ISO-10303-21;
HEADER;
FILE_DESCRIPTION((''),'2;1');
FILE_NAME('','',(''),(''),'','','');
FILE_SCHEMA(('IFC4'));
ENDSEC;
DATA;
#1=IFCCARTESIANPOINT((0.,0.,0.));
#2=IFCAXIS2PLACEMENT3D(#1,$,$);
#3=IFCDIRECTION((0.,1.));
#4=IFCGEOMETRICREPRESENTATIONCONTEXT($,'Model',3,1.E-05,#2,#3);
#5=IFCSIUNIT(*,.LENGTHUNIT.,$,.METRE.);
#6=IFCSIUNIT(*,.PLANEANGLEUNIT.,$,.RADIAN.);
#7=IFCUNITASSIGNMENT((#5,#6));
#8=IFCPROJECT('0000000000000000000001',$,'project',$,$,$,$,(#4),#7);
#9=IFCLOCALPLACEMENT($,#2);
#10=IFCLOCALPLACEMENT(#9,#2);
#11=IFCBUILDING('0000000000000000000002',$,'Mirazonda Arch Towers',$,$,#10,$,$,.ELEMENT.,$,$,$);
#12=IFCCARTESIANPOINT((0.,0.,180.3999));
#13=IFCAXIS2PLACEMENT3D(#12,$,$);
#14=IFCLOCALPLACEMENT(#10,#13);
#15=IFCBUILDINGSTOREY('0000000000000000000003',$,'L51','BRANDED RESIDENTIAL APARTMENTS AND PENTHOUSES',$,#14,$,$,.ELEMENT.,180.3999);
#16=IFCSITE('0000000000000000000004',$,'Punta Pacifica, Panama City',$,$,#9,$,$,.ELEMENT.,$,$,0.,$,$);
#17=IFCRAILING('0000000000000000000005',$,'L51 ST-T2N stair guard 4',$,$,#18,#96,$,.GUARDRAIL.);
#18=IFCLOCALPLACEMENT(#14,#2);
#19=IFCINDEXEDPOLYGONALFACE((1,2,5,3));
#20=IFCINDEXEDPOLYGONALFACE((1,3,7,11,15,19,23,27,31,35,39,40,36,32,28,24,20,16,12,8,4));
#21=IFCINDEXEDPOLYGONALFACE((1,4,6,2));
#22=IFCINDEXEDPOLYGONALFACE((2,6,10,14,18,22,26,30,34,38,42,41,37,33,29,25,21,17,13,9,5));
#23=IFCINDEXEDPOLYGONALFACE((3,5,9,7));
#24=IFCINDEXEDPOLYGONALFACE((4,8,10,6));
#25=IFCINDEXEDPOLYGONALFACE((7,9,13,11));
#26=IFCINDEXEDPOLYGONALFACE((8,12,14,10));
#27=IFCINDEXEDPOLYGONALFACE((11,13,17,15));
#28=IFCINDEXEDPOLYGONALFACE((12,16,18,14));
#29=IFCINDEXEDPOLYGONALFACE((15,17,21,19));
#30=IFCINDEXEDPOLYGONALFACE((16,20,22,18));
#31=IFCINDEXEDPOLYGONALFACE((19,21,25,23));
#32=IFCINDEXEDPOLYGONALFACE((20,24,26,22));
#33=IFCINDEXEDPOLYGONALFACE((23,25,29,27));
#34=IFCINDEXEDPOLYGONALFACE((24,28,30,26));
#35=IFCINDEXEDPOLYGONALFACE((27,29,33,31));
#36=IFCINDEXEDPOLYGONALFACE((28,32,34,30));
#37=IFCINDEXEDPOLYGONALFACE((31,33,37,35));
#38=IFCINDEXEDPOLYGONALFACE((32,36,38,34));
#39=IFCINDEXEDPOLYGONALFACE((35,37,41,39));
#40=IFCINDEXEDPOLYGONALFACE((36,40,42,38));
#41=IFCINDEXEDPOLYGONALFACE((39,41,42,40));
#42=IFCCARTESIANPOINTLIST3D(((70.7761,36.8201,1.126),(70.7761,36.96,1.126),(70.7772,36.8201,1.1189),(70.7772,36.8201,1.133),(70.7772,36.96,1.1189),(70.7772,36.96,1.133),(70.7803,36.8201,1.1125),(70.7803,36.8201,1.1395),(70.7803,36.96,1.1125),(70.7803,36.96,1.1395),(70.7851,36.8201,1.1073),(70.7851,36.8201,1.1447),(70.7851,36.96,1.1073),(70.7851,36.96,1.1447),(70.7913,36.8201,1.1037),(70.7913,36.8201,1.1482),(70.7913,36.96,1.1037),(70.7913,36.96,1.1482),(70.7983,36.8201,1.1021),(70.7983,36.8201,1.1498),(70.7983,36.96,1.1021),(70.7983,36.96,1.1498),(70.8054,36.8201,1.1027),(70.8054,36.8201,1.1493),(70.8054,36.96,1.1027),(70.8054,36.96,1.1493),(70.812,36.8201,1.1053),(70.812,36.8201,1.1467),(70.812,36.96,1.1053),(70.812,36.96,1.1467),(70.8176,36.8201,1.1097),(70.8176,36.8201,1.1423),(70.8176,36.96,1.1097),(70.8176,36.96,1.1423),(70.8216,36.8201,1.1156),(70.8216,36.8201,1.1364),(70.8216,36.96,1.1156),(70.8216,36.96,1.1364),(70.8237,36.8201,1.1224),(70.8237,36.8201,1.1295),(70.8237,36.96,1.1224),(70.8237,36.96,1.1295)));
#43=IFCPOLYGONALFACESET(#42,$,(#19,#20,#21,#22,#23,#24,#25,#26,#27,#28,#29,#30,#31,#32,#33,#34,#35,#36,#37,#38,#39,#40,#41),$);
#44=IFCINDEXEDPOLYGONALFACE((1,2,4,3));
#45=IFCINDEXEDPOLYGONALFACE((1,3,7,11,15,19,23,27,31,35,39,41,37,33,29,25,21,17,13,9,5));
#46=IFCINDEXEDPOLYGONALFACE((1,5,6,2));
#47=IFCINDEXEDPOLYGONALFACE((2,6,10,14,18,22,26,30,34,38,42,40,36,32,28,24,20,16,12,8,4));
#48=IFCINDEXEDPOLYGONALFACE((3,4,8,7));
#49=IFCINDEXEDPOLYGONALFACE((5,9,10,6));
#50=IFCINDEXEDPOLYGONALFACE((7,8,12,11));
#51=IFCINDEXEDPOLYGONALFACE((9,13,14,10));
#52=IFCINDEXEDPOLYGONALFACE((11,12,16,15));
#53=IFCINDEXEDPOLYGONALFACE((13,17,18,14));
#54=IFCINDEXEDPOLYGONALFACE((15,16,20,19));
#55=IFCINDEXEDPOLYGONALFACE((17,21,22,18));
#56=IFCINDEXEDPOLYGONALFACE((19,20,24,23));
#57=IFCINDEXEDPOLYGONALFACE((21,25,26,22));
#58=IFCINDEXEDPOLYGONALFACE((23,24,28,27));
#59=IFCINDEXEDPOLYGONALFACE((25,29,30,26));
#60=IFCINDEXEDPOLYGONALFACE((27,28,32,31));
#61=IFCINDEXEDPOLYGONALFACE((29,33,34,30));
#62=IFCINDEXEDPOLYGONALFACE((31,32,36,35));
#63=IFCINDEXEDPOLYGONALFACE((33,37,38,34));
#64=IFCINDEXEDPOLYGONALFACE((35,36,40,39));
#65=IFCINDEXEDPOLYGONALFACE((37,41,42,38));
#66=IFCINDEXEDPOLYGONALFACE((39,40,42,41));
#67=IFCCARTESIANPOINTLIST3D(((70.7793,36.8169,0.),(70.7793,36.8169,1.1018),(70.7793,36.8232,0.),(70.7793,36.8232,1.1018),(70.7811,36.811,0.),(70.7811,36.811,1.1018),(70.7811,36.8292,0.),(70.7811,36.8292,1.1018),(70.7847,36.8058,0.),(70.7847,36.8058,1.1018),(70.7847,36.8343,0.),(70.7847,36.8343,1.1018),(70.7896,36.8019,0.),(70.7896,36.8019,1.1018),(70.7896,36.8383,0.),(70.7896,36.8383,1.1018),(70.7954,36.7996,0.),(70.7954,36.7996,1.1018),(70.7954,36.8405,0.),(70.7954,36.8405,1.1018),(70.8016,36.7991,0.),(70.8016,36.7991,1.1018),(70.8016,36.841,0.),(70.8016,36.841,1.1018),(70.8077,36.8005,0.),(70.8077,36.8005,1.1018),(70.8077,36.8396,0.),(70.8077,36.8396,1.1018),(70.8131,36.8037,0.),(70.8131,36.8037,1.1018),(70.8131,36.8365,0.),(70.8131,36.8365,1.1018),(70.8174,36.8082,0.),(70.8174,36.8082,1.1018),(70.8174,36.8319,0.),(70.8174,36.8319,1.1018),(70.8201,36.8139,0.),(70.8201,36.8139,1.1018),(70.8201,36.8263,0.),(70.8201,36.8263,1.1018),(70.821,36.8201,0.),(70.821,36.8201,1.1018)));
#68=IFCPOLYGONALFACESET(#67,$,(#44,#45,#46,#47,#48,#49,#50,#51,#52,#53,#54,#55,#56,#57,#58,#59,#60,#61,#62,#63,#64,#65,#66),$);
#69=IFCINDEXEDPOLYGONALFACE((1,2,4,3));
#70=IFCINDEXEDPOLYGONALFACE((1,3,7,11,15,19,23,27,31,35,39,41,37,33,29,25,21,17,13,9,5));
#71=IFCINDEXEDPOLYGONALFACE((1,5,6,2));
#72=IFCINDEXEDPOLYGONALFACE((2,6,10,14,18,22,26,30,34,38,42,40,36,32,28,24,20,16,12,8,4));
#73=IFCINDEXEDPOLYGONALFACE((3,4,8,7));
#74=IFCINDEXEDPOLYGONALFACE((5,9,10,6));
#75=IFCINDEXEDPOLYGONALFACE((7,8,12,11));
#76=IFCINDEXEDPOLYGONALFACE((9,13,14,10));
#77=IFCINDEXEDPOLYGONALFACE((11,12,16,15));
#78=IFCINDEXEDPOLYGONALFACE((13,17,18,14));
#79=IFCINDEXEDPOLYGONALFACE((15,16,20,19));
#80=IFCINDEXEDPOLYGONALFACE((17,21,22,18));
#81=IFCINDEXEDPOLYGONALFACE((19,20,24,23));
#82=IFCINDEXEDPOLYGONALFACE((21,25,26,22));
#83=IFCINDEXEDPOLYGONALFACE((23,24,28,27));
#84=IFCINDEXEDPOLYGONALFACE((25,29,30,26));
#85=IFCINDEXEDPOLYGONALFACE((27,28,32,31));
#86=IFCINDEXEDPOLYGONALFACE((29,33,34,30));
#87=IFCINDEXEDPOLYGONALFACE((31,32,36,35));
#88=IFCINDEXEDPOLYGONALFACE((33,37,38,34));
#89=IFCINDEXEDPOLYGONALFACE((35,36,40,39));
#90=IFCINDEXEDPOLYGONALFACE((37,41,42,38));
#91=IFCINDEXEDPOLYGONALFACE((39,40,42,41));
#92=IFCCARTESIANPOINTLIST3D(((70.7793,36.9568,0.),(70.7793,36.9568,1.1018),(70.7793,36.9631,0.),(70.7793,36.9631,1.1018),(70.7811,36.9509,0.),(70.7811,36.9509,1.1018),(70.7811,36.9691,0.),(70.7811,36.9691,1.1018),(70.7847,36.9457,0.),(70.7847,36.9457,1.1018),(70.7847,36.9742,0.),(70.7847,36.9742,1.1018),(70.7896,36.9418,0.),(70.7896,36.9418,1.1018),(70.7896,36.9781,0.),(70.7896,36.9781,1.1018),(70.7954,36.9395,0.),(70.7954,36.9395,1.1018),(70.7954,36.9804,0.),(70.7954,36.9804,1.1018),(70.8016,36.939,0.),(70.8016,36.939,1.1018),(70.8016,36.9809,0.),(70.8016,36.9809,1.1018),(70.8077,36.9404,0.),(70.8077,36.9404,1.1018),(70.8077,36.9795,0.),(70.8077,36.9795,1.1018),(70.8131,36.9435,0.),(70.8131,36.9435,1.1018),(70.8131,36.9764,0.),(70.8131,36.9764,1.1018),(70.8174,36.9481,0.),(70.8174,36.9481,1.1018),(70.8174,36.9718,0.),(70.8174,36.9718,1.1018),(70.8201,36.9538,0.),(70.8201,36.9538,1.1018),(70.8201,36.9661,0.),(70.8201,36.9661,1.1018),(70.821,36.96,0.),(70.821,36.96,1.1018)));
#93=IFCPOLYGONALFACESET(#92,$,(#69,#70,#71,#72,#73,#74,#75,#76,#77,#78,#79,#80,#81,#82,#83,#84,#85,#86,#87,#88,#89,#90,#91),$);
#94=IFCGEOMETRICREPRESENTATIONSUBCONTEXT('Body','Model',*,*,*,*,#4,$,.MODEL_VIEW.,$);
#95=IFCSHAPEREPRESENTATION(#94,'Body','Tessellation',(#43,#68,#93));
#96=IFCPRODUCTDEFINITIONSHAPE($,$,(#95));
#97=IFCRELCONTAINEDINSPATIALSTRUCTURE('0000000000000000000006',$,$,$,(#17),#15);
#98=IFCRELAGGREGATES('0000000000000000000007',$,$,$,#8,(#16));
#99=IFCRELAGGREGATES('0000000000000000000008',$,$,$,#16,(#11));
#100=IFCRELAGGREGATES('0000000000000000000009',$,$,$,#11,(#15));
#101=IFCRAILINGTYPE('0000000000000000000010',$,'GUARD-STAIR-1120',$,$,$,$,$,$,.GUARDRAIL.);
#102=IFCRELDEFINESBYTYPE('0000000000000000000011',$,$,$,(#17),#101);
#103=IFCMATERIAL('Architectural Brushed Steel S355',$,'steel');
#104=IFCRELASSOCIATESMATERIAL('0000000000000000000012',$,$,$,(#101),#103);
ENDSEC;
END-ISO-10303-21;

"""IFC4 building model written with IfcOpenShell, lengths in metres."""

from ifc_helpers import new_model, si_unit, direction, frame, origin, origin_2d, place, context, subcontext, project, spatial, circle, extrude, material, type_object, element, save


model = new_model("IFC4")

# Units and contexts
model_context = context("Model", 3, precision=1e-05, world=origin(), true_north=direction((0.0, 1.0)))
body_context = subcontext(model_context, "Body", "Model", "MODEL_VIEW")
ifc_project = project(units=[si_unit("LENGTHUNIT", "METRE"), si_unit("PLANEANGLEUNIT", "RADIAN")], contexts=[model_context])

# Site, building, storey
site_placement = place(None, origin())
site = spatial("IfcSite", under=ifc_project, at=site_placement, Name="Punta Pacifica, Panama City", CompositionType="ELEMENT", RefElevation=0.0)
building_placement = place(site_placement, origin())
building = spatial("IfcBuilding", under=site, at=building_placement, Name="Mirazonda Arch Towers", CompositionType="ELEMENT")
storey_placement = place(building_placement, frame((0.0, 0.0, 180.3999)))
storey = spatial("IfcBuildingStorey", under=building, at=storey_placement, Name="L51", Description="BRANDED RESIDENTIAL APARTMENTS AND PENTHOUSES", CompositionType="ELEMENT", Elevation=180.3999)

# Railing
ifc_material_1 = material(Name="Architectural Brushed Steel S355", Category="steel")
railing_type_1 = type_object("IfcRailingType", Name="GUARD-STAIR-1120", PredefinedType="GUARDRAIL", material=ifc_material_1)
railing_1_placement = place(storey_placement, frame((70.8, 36.8201, 0.0)))
element("IfcRailing", 1, at=railing_1_placement, inside=storey, type_object=railing_type_1, Name="L51 ST-T2N stair guard 4", PredefinedType="GUARDRAIL", context=body_context, shape_type="SweptSolid", body=[
    extrude(circle(Radius=0.0239, at=origin_2d()), frame((0.0, 0.0, 1.126), z_axis=(0.0, 1.0, 0.0), x_axis=(-1.0, 0.0, 0.0)), (0.0, 0.0, 1.0), 0.1399),
    extrude(circle(Radius=0.021, at=origin_2d()), origin(), (0.0, 0.0, 1.0), 1.1018),
    extrude(circle(Radius=0.021, at=origin_2d()), frame((0.0, 0.1399, 0.0)), (0.0, 0.0, 1.0), 1.1018),
])

save(model, "model.ifc")
